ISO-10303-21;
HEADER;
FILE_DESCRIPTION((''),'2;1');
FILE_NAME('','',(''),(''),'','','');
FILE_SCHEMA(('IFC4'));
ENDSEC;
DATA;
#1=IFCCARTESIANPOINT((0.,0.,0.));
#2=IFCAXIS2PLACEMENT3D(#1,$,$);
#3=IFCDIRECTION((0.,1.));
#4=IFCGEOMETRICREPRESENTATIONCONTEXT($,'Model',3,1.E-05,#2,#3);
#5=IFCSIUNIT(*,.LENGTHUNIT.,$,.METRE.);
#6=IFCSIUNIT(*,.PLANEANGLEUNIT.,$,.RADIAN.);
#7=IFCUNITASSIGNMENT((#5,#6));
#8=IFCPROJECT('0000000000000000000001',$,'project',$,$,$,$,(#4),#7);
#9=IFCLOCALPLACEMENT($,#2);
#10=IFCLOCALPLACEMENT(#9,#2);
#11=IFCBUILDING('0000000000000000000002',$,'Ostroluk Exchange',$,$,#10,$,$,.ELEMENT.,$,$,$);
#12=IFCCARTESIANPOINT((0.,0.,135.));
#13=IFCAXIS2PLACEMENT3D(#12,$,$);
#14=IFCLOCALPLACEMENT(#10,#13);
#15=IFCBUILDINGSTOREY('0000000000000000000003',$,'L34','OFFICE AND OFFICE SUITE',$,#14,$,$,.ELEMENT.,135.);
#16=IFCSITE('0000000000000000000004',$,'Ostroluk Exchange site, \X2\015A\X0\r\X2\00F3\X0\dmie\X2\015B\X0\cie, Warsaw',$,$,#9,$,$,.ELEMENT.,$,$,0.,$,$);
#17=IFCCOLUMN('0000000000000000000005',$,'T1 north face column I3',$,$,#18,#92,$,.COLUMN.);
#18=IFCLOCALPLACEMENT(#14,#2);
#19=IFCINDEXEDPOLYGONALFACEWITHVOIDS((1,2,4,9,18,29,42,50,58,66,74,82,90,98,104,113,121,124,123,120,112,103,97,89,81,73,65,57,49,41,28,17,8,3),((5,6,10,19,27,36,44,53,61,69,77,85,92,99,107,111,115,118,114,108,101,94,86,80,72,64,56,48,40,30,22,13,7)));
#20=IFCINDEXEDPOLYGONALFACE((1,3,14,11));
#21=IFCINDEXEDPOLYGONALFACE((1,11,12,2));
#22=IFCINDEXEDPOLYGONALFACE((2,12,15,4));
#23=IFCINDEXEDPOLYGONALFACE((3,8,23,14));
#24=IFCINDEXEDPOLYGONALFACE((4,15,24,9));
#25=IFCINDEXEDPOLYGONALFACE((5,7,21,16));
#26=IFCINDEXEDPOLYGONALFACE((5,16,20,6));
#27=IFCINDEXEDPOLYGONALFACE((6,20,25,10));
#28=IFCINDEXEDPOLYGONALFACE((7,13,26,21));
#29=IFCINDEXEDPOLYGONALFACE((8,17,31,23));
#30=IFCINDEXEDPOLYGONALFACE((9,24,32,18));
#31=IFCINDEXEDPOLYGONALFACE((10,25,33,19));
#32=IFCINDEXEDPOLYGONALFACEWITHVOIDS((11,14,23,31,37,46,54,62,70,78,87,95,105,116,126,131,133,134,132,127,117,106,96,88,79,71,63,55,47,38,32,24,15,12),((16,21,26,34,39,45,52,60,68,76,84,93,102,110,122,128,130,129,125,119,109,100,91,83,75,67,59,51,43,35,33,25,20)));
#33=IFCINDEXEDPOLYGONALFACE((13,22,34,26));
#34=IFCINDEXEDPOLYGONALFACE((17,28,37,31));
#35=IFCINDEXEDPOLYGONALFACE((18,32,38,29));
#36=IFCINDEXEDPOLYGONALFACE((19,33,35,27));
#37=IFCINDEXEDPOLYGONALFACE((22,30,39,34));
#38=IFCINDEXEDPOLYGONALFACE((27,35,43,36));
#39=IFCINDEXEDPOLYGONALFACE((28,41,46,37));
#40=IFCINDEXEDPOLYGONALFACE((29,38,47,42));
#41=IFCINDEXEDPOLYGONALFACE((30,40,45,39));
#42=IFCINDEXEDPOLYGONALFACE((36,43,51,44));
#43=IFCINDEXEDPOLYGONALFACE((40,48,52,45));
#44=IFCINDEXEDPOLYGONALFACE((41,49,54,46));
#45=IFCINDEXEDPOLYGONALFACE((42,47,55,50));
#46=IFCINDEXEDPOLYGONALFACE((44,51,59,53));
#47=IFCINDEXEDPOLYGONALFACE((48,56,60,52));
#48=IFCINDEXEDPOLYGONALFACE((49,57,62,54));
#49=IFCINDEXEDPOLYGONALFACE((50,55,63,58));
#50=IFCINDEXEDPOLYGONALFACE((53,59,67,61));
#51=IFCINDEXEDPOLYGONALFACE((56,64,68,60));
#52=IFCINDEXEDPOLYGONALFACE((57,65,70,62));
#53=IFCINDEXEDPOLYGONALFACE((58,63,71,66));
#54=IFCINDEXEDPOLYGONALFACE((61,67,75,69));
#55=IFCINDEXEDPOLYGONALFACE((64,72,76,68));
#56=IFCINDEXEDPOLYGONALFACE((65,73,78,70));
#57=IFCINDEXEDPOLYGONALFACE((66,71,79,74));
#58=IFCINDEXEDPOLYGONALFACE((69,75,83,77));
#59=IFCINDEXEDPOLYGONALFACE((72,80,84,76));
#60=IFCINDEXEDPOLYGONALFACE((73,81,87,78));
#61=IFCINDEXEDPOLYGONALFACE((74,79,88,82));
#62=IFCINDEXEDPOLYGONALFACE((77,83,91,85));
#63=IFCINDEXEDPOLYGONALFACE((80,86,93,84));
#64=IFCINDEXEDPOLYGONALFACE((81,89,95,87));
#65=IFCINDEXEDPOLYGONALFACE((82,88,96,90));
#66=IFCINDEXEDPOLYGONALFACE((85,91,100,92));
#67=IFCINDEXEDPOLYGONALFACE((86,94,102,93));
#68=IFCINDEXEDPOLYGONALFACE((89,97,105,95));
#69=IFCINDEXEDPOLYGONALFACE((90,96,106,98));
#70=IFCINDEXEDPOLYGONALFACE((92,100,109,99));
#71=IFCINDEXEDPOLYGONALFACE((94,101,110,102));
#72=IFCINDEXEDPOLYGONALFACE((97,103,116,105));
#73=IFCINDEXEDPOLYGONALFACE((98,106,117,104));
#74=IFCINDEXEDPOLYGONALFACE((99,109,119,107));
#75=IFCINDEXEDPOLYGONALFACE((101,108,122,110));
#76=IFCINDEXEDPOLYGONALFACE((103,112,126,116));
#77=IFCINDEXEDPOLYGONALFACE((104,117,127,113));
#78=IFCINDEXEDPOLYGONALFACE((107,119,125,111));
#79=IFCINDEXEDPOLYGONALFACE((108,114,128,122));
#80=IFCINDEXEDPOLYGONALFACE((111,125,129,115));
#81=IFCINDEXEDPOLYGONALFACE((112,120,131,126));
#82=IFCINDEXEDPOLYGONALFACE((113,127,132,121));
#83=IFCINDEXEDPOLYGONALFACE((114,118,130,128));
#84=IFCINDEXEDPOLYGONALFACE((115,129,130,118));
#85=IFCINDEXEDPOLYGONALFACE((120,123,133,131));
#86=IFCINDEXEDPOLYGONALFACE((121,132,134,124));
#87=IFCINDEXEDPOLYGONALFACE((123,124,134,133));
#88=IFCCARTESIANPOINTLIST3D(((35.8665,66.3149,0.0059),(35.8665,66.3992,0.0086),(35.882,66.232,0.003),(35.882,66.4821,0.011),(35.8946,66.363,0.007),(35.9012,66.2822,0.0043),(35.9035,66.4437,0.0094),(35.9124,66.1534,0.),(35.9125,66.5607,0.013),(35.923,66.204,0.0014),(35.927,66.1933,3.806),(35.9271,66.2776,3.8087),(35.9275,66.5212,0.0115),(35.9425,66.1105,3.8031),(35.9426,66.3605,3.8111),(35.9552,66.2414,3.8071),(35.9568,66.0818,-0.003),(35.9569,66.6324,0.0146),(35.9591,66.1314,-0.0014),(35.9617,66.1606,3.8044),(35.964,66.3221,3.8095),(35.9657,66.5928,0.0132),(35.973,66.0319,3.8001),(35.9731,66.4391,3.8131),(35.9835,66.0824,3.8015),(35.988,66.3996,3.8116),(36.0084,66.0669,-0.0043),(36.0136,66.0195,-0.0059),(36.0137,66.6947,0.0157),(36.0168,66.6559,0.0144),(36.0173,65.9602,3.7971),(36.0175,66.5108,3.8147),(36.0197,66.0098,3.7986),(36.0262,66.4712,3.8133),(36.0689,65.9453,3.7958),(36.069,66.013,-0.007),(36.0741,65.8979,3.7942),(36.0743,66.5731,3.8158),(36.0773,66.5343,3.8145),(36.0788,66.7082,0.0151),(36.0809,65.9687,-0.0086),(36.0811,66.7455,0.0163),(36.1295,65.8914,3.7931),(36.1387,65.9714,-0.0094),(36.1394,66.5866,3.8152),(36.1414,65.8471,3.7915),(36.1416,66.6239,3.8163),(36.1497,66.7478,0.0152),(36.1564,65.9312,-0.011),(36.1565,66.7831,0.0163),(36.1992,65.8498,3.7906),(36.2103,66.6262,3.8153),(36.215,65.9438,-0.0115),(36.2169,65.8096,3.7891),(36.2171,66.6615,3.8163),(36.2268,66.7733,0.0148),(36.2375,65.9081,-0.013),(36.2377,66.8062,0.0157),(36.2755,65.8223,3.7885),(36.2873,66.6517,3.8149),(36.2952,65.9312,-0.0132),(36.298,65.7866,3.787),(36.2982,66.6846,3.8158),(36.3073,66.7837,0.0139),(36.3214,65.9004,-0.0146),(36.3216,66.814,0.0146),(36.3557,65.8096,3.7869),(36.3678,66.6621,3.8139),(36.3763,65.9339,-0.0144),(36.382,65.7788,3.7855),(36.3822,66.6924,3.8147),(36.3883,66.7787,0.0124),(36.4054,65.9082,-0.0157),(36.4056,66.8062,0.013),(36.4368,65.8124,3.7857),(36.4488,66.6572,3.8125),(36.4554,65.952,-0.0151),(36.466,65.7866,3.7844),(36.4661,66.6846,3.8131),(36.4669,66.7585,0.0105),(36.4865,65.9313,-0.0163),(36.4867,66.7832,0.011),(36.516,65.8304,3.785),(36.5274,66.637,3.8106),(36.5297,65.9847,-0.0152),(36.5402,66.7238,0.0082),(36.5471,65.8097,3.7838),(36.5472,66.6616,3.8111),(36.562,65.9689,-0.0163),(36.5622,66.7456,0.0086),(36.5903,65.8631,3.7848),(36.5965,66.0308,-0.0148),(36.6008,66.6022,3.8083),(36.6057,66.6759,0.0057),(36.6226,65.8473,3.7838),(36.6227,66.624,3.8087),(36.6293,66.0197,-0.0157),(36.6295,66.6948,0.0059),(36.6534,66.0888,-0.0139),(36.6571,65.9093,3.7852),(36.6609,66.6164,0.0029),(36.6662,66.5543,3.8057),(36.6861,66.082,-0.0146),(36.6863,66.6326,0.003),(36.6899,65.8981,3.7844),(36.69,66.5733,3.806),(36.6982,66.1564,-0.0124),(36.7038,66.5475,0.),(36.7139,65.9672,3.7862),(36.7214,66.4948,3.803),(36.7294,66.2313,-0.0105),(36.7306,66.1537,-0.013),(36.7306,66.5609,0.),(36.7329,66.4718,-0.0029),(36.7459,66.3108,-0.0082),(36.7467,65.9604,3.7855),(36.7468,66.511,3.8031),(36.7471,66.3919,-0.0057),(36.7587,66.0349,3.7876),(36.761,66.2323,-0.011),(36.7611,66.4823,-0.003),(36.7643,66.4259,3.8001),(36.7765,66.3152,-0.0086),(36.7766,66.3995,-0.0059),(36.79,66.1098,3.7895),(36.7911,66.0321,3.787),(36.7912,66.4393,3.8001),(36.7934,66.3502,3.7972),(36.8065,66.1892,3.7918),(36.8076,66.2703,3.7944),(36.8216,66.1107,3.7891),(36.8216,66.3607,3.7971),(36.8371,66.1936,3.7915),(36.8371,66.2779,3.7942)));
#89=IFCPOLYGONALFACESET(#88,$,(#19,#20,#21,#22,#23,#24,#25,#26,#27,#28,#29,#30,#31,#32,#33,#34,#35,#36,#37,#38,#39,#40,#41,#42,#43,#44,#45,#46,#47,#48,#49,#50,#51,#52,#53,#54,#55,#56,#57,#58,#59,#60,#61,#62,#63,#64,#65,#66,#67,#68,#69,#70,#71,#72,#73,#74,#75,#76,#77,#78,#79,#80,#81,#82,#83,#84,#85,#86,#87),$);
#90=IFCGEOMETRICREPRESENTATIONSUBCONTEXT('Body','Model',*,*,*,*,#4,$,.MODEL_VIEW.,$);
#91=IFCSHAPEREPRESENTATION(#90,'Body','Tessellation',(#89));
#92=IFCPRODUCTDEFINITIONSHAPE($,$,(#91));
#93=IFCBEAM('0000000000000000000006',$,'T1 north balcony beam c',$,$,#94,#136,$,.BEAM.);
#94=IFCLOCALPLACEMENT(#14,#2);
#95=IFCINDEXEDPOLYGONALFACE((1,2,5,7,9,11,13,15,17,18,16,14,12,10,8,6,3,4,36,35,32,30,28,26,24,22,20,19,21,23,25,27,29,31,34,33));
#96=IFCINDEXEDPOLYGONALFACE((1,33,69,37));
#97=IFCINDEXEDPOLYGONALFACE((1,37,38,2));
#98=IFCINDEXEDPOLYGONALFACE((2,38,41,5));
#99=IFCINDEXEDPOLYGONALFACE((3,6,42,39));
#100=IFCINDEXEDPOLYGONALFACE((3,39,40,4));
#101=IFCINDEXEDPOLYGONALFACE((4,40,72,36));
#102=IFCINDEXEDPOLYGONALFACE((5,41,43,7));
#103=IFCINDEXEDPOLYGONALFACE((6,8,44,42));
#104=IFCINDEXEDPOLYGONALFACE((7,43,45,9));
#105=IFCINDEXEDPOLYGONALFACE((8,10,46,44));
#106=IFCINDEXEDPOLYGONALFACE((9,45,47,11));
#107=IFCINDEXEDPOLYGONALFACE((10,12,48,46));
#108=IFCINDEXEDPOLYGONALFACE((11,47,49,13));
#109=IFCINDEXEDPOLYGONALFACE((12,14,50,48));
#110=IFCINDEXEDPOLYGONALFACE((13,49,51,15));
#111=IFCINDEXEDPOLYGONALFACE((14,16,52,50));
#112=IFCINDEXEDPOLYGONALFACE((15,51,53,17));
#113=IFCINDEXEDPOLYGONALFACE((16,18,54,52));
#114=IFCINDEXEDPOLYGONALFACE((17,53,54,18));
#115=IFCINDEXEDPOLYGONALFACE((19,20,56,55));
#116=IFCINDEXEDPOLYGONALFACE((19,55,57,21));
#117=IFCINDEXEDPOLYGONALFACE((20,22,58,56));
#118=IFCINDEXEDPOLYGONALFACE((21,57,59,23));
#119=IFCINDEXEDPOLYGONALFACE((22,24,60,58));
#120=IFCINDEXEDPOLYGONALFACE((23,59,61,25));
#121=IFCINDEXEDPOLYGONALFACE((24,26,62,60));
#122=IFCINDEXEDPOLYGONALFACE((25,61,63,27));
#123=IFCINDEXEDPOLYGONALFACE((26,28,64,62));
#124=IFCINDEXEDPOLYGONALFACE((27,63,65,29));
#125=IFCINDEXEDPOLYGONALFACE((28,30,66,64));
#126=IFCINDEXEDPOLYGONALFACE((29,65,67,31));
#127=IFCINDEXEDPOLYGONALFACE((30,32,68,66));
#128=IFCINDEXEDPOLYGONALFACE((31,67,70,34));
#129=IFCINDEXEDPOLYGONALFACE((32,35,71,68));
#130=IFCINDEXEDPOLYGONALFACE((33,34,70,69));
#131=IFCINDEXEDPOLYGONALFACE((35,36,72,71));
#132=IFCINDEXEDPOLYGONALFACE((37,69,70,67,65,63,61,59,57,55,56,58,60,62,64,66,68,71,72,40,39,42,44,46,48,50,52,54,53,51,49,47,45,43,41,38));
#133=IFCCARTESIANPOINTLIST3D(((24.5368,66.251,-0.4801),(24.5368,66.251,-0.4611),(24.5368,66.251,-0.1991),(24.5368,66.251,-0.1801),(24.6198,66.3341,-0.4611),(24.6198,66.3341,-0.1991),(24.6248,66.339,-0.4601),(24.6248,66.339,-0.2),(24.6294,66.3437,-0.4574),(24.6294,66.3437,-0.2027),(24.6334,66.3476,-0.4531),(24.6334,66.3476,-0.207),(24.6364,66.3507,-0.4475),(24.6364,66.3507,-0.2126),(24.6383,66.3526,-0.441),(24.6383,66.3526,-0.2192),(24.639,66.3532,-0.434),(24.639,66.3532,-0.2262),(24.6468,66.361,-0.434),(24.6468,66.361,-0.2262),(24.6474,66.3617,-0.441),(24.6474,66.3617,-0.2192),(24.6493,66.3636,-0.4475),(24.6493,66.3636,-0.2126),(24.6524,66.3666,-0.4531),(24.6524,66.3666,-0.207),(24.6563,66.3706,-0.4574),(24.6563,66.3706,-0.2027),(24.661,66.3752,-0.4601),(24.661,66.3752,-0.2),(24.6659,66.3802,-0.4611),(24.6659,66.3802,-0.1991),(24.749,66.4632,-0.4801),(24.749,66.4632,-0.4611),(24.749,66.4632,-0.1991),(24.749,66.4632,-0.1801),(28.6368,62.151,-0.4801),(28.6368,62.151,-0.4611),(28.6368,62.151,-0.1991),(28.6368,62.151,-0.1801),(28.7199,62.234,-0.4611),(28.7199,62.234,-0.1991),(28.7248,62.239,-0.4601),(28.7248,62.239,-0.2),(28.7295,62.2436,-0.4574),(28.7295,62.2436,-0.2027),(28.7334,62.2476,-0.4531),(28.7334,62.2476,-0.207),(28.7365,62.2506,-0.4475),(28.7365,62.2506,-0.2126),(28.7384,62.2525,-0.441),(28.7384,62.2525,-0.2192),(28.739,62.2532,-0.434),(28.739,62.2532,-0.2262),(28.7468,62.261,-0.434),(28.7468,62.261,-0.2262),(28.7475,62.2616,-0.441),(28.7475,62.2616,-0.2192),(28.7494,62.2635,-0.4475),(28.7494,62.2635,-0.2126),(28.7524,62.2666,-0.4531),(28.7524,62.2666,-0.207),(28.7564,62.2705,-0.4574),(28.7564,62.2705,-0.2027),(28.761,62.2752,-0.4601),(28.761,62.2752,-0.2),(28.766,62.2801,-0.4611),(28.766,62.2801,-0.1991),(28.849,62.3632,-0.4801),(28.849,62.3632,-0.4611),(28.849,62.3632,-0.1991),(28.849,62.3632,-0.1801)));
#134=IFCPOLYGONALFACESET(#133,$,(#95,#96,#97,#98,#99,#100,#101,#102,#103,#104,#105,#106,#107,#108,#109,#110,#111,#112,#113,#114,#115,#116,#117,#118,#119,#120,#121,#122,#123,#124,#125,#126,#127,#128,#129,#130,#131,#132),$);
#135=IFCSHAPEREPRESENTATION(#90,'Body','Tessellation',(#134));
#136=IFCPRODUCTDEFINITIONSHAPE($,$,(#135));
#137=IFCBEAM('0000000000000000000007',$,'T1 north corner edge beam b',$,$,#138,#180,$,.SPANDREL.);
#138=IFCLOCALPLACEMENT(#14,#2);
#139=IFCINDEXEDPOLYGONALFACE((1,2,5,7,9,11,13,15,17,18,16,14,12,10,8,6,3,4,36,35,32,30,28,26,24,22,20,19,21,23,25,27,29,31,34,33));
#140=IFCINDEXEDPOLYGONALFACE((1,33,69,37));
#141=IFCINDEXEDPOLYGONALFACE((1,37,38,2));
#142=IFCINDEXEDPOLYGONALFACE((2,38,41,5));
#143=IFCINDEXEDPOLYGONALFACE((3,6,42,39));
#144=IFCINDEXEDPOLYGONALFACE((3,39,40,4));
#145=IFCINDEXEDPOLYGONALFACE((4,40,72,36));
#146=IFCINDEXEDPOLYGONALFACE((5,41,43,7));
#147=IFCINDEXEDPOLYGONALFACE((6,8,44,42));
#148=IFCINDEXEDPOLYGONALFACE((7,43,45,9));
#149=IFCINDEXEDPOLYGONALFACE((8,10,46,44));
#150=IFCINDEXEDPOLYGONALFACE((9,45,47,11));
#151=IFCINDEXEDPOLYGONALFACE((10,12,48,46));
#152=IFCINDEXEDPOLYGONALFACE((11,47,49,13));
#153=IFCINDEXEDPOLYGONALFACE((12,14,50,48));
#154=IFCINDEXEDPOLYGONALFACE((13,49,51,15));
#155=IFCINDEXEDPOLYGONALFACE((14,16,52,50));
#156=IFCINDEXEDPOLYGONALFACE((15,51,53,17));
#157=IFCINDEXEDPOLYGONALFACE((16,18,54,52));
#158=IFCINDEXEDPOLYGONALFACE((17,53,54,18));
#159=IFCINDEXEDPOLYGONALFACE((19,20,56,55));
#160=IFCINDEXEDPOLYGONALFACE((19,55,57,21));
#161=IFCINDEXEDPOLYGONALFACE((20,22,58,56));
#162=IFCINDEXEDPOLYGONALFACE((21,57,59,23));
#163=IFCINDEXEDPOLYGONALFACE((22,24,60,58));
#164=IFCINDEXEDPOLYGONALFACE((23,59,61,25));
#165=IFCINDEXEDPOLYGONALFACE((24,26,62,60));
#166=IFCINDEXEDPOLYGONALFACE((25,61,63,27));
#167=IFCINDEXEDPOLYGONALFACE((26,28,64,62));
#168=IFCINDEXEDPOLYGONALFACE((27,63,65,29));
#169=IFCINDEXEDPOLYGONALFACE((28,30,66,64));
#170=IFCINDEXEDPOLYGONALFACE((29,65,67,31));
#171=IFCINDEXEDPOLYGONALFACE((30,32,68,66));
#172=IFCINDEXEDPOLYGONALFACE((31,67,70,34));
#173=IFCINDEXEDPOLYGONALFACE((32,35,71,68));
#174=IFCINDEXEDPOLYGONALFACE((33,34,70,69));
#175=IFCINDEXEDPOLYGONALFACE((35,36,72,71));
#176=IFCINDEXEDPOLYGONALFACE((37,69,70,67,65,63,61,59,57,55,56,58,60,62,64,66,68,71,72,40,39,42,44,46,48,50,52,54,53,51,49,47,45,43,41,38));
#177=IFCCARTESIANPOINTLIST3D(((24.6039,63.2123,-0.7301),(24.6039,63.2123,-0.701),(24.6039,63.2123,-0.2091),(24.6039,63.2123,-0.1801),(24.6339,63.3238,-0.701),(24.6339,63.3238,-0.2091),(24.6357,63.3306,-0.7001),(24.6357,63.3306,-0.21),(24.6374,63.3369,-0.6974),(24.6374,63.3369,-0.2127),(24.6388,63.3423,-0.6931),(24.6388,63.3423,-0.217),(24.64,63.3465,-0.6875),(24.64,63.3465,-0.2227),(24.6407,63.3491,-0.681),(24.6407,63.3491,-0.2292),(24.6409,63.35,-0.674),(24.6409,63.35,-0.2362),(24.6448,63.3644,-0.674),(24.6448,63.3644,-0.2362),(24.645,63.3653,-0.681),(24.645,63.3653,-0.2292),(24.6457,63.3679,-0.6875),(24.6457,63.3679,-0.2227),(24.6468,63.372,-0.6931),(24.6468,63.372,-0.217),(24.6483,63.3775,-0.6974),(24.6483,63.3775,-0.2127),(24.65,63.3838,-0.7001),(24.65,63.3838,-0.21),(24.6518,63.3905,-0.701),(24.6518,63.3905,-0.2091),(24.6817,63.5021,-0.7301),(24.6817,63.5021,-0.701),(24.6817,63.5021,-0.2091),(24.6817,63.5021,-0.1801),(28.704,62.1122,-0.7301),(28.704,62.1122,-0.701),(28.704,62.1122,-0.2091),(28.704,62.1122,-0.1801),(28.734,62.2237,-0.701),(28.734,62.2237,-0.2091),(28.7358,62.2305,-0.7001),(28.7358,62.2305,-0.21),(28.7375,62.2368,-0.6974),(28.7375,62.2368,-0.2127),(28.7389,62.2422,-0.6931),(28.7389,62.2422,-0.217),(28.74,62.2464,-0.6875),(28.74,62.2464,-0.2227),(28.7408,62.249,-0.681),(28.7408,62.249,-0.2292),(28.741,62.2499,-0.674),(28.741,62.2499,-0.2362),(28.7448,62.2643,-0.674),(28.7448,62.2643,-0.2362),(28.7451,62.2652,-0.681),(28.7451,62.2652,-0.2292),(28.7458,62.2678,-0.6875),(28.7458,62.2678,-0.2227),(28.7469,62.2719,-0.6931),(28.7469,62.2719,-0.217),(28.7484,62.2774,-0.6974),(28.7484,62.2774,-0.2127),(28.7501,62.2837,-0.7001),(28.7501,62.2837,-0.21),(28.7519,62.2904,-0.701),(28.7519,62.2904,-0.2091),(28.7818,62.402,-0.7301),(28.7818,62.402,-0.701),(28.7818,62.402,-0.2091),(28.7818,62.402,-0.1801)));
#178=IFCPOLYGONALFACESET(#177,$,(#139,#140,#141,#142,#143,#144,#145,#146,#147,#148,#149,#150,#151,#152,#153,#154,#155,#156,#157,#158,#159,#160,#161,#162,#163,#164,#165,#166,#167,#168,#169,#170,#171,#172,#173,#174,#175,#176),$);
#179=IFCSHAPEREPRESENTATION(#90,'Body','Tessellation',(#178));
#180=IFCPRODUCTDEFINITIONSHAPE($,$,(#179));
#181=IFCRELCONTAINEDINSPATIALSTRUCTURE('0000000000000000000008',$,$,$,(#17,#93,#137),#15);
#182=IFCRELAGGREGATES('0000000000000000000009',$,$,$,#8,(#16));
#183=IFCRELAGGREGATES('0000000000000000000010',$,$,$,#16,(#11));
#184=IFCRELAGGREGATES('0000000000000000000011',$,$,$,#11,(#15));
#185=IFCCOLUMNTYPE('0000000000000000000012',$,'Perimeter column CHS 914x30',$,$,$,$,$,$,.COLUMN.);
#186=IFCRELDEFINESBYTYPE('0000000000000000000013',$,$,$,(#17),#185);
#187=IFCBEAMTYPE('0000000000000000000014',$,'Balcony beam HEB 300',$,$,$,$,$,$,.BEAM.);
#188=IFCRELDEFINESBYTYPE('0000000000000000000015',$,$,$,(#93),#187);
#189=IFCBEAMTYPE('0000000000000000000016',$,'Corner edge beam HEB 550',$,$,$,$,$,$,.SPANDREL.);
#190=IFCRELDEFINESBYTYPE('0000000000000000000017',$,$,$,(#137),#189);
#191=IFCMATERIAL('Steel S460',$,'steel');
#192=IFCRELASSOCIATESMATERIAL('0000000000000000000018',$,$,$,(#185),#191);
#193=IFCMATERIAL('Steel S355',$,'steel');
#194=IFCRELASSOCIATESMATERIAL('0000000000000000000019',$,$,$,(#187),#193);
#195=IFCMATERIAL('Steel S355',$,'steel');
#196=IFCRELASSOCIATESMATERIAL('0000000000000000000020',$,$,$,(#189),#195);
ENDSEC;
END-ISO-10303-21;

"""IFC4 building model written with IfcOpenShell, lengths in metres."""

from ifc_helpers import new_model, si_unit, direction, frame, origin, origin_2d, place, context, subcontext, project, spatial, hollow_circle, i_section, extrude, material, material_profile, profile_set, type_object, element, save


model = new_model("IFC4")

# Units and contexts
model_context = context("Model", 3, precision=1e-05, world=origin(), true_north=direction((0.0, 1.0)))
body_context = subcontext(model_context, "Body", "Model", "MODEL_VIEW")
ifc_project = project(units=[si_unit("LENGTHUNIT", "METRE"), si_unit("PLANEANGLEUNIT", "RADIAN")], contexts=[model_context])

# Site, building, storey
site_placement = place(None, origin())
site = spatial("IfcSite", under=ifc_project, at=site_placement, Name="Ostroluk Exchange site, Śródmieście, Warsaw", CompositionType="ELEMENT", RefElevation=0.0)
building_placement = place(site_placement, origin())
building = spatial("IfcBuilding", under=site, at=building_placement, Name="Ostroluk Exchange", CompositionType="ELEMENT")
storey_placement = place(building_placement, frame((0.0, 0.0, 135.0)))
storey = spatial("IfcBuildingStorey", under=building, at=storey_placement, Name="L34", Description="OFFICE AND OFFICE SUITE", CompositionType="ELEMENT", Elevation=135.0)

# Column
ifc_material_1 = material(Name="Steel S460", Category="steel")
ifc_material_profile_1 = material_profile(ifc_material_1, hollow_circle(Radius=0.457, WallThickness=0.03, at=origin_2d()), Name="CHS 914x30")
ifc_profile_set_1 = profile_set([ifc_material_profile_1], Name="Steel S460")
column_type = type_object("IfcColumnType", Name="Perimeter column CHS 914x30", PredefinedType="COLUMN", material=ifc_profile_set_1)
column_placement = place(storey_placement, frame((36.3215, 66.3572, 0.0), z_axis=(0.015923, -0.031974, 0.999362), x_axis=(0.895145, 0.445775, 0.0)))
element("IfcColumn", 1, at=column_placement, inside=storey, type_object=column_type, Name="T1 north face column I3", PredefinedType="COLUMN", context=body_context, shape_type="SweptSolid", body=[
    extrude(hollow_circle(Radius=0.457, WallThickness=0.03, at=origin_2d()), origin(), (0.0, 0.0, 1.0), 3.8025),
])

# Beams
ifc_material_2 = material(Name="Steel S355", Category="steel")
ifc_material_profile_2 = material_profile(ifc_material_2, i_section(OverallWidth=0.3, OverallDepth=0.3, WebThickness=0.011, FlangeThickness=0.019, FilletRadius=0.0271, at=origin_2d()), Name="HEB 300")
ifc_profile_set_2 = profile_set([ifc_material_profile_2], Name="Steel S355")
beam_type_1 = type_object("IfcBeamType", Name="Balcony beam HEB 300", PredefinedType="BEAM", material=ifc_profile_set_2)
beam_1_placement = place(storey_placement, frame((28.7429, 62.2571, -0.3301), z_axis=(-0.707107, 0.707107, 0.0), x_axis=(-0.707107, -0.707107, 0.0)))
element("IfcBeam", 2, at=beam_1_placement, inside=storey, type_object=beam_type_1, Name="T1 north balcony beam c", PredefinedType="BEAM", context=body_context, shape_type="SweptSolid", body=[
    extrude(i_section(OverallWidth=0.3, OverallDepth=0.3, WebThickness=0.011, FlangeThickness=0.019, FilletRadius=0.0271, at=origin_2d()), origin(), (0.0, 0.0, 1.0), 5.7983),
])
ifc_material_3 = material(Name="Steel S355", Category="steel")
ifc_material_profile_3 = material_profile(ifc_material_3, i_section(OverallWidth=0.3, OverallDepth=0.55, WebThickness=0.0149, FlangeThickness=0.0291, FilletRadius=0.0271, at=origin_2d()), Name="HEB 550")
ifc_profile_set_3 = profile_set([ifc_material_profile_3], Name="Steel S355")
beam_type_2 = type_object("IfcBeamType", Name="Corner edge beam HEB 550", PredefinedType="SPANDREL", material=ifc_profile_set_3)
beam_2_placement = place(storey_placement, frame((28.7429, 62.2571, -0.4551), z_axis=(-0.965839, 0.259144, 0.0), x_axis=(-0.259144, -0.965839, 0.0)))
element("IfcBeam", 3, at=beam_2_placement, inside=storey, type_object=beam_type_2, Name="T1 north corner edge beam b", PredefinedType="SPANDREL", context=body_context, shape_type="SweptSolid", body=[
    extrude(i_section(OverallWidth=0.3, OverallDepth=0.55, WebThickness=0.0149, FlangeThickness=0.0291, FilletRadius=0.0271, at=origin_2d()), origin(), (0.0, 0.0, 1.0), 4.2451),
])

save(model, "model.ifc")
